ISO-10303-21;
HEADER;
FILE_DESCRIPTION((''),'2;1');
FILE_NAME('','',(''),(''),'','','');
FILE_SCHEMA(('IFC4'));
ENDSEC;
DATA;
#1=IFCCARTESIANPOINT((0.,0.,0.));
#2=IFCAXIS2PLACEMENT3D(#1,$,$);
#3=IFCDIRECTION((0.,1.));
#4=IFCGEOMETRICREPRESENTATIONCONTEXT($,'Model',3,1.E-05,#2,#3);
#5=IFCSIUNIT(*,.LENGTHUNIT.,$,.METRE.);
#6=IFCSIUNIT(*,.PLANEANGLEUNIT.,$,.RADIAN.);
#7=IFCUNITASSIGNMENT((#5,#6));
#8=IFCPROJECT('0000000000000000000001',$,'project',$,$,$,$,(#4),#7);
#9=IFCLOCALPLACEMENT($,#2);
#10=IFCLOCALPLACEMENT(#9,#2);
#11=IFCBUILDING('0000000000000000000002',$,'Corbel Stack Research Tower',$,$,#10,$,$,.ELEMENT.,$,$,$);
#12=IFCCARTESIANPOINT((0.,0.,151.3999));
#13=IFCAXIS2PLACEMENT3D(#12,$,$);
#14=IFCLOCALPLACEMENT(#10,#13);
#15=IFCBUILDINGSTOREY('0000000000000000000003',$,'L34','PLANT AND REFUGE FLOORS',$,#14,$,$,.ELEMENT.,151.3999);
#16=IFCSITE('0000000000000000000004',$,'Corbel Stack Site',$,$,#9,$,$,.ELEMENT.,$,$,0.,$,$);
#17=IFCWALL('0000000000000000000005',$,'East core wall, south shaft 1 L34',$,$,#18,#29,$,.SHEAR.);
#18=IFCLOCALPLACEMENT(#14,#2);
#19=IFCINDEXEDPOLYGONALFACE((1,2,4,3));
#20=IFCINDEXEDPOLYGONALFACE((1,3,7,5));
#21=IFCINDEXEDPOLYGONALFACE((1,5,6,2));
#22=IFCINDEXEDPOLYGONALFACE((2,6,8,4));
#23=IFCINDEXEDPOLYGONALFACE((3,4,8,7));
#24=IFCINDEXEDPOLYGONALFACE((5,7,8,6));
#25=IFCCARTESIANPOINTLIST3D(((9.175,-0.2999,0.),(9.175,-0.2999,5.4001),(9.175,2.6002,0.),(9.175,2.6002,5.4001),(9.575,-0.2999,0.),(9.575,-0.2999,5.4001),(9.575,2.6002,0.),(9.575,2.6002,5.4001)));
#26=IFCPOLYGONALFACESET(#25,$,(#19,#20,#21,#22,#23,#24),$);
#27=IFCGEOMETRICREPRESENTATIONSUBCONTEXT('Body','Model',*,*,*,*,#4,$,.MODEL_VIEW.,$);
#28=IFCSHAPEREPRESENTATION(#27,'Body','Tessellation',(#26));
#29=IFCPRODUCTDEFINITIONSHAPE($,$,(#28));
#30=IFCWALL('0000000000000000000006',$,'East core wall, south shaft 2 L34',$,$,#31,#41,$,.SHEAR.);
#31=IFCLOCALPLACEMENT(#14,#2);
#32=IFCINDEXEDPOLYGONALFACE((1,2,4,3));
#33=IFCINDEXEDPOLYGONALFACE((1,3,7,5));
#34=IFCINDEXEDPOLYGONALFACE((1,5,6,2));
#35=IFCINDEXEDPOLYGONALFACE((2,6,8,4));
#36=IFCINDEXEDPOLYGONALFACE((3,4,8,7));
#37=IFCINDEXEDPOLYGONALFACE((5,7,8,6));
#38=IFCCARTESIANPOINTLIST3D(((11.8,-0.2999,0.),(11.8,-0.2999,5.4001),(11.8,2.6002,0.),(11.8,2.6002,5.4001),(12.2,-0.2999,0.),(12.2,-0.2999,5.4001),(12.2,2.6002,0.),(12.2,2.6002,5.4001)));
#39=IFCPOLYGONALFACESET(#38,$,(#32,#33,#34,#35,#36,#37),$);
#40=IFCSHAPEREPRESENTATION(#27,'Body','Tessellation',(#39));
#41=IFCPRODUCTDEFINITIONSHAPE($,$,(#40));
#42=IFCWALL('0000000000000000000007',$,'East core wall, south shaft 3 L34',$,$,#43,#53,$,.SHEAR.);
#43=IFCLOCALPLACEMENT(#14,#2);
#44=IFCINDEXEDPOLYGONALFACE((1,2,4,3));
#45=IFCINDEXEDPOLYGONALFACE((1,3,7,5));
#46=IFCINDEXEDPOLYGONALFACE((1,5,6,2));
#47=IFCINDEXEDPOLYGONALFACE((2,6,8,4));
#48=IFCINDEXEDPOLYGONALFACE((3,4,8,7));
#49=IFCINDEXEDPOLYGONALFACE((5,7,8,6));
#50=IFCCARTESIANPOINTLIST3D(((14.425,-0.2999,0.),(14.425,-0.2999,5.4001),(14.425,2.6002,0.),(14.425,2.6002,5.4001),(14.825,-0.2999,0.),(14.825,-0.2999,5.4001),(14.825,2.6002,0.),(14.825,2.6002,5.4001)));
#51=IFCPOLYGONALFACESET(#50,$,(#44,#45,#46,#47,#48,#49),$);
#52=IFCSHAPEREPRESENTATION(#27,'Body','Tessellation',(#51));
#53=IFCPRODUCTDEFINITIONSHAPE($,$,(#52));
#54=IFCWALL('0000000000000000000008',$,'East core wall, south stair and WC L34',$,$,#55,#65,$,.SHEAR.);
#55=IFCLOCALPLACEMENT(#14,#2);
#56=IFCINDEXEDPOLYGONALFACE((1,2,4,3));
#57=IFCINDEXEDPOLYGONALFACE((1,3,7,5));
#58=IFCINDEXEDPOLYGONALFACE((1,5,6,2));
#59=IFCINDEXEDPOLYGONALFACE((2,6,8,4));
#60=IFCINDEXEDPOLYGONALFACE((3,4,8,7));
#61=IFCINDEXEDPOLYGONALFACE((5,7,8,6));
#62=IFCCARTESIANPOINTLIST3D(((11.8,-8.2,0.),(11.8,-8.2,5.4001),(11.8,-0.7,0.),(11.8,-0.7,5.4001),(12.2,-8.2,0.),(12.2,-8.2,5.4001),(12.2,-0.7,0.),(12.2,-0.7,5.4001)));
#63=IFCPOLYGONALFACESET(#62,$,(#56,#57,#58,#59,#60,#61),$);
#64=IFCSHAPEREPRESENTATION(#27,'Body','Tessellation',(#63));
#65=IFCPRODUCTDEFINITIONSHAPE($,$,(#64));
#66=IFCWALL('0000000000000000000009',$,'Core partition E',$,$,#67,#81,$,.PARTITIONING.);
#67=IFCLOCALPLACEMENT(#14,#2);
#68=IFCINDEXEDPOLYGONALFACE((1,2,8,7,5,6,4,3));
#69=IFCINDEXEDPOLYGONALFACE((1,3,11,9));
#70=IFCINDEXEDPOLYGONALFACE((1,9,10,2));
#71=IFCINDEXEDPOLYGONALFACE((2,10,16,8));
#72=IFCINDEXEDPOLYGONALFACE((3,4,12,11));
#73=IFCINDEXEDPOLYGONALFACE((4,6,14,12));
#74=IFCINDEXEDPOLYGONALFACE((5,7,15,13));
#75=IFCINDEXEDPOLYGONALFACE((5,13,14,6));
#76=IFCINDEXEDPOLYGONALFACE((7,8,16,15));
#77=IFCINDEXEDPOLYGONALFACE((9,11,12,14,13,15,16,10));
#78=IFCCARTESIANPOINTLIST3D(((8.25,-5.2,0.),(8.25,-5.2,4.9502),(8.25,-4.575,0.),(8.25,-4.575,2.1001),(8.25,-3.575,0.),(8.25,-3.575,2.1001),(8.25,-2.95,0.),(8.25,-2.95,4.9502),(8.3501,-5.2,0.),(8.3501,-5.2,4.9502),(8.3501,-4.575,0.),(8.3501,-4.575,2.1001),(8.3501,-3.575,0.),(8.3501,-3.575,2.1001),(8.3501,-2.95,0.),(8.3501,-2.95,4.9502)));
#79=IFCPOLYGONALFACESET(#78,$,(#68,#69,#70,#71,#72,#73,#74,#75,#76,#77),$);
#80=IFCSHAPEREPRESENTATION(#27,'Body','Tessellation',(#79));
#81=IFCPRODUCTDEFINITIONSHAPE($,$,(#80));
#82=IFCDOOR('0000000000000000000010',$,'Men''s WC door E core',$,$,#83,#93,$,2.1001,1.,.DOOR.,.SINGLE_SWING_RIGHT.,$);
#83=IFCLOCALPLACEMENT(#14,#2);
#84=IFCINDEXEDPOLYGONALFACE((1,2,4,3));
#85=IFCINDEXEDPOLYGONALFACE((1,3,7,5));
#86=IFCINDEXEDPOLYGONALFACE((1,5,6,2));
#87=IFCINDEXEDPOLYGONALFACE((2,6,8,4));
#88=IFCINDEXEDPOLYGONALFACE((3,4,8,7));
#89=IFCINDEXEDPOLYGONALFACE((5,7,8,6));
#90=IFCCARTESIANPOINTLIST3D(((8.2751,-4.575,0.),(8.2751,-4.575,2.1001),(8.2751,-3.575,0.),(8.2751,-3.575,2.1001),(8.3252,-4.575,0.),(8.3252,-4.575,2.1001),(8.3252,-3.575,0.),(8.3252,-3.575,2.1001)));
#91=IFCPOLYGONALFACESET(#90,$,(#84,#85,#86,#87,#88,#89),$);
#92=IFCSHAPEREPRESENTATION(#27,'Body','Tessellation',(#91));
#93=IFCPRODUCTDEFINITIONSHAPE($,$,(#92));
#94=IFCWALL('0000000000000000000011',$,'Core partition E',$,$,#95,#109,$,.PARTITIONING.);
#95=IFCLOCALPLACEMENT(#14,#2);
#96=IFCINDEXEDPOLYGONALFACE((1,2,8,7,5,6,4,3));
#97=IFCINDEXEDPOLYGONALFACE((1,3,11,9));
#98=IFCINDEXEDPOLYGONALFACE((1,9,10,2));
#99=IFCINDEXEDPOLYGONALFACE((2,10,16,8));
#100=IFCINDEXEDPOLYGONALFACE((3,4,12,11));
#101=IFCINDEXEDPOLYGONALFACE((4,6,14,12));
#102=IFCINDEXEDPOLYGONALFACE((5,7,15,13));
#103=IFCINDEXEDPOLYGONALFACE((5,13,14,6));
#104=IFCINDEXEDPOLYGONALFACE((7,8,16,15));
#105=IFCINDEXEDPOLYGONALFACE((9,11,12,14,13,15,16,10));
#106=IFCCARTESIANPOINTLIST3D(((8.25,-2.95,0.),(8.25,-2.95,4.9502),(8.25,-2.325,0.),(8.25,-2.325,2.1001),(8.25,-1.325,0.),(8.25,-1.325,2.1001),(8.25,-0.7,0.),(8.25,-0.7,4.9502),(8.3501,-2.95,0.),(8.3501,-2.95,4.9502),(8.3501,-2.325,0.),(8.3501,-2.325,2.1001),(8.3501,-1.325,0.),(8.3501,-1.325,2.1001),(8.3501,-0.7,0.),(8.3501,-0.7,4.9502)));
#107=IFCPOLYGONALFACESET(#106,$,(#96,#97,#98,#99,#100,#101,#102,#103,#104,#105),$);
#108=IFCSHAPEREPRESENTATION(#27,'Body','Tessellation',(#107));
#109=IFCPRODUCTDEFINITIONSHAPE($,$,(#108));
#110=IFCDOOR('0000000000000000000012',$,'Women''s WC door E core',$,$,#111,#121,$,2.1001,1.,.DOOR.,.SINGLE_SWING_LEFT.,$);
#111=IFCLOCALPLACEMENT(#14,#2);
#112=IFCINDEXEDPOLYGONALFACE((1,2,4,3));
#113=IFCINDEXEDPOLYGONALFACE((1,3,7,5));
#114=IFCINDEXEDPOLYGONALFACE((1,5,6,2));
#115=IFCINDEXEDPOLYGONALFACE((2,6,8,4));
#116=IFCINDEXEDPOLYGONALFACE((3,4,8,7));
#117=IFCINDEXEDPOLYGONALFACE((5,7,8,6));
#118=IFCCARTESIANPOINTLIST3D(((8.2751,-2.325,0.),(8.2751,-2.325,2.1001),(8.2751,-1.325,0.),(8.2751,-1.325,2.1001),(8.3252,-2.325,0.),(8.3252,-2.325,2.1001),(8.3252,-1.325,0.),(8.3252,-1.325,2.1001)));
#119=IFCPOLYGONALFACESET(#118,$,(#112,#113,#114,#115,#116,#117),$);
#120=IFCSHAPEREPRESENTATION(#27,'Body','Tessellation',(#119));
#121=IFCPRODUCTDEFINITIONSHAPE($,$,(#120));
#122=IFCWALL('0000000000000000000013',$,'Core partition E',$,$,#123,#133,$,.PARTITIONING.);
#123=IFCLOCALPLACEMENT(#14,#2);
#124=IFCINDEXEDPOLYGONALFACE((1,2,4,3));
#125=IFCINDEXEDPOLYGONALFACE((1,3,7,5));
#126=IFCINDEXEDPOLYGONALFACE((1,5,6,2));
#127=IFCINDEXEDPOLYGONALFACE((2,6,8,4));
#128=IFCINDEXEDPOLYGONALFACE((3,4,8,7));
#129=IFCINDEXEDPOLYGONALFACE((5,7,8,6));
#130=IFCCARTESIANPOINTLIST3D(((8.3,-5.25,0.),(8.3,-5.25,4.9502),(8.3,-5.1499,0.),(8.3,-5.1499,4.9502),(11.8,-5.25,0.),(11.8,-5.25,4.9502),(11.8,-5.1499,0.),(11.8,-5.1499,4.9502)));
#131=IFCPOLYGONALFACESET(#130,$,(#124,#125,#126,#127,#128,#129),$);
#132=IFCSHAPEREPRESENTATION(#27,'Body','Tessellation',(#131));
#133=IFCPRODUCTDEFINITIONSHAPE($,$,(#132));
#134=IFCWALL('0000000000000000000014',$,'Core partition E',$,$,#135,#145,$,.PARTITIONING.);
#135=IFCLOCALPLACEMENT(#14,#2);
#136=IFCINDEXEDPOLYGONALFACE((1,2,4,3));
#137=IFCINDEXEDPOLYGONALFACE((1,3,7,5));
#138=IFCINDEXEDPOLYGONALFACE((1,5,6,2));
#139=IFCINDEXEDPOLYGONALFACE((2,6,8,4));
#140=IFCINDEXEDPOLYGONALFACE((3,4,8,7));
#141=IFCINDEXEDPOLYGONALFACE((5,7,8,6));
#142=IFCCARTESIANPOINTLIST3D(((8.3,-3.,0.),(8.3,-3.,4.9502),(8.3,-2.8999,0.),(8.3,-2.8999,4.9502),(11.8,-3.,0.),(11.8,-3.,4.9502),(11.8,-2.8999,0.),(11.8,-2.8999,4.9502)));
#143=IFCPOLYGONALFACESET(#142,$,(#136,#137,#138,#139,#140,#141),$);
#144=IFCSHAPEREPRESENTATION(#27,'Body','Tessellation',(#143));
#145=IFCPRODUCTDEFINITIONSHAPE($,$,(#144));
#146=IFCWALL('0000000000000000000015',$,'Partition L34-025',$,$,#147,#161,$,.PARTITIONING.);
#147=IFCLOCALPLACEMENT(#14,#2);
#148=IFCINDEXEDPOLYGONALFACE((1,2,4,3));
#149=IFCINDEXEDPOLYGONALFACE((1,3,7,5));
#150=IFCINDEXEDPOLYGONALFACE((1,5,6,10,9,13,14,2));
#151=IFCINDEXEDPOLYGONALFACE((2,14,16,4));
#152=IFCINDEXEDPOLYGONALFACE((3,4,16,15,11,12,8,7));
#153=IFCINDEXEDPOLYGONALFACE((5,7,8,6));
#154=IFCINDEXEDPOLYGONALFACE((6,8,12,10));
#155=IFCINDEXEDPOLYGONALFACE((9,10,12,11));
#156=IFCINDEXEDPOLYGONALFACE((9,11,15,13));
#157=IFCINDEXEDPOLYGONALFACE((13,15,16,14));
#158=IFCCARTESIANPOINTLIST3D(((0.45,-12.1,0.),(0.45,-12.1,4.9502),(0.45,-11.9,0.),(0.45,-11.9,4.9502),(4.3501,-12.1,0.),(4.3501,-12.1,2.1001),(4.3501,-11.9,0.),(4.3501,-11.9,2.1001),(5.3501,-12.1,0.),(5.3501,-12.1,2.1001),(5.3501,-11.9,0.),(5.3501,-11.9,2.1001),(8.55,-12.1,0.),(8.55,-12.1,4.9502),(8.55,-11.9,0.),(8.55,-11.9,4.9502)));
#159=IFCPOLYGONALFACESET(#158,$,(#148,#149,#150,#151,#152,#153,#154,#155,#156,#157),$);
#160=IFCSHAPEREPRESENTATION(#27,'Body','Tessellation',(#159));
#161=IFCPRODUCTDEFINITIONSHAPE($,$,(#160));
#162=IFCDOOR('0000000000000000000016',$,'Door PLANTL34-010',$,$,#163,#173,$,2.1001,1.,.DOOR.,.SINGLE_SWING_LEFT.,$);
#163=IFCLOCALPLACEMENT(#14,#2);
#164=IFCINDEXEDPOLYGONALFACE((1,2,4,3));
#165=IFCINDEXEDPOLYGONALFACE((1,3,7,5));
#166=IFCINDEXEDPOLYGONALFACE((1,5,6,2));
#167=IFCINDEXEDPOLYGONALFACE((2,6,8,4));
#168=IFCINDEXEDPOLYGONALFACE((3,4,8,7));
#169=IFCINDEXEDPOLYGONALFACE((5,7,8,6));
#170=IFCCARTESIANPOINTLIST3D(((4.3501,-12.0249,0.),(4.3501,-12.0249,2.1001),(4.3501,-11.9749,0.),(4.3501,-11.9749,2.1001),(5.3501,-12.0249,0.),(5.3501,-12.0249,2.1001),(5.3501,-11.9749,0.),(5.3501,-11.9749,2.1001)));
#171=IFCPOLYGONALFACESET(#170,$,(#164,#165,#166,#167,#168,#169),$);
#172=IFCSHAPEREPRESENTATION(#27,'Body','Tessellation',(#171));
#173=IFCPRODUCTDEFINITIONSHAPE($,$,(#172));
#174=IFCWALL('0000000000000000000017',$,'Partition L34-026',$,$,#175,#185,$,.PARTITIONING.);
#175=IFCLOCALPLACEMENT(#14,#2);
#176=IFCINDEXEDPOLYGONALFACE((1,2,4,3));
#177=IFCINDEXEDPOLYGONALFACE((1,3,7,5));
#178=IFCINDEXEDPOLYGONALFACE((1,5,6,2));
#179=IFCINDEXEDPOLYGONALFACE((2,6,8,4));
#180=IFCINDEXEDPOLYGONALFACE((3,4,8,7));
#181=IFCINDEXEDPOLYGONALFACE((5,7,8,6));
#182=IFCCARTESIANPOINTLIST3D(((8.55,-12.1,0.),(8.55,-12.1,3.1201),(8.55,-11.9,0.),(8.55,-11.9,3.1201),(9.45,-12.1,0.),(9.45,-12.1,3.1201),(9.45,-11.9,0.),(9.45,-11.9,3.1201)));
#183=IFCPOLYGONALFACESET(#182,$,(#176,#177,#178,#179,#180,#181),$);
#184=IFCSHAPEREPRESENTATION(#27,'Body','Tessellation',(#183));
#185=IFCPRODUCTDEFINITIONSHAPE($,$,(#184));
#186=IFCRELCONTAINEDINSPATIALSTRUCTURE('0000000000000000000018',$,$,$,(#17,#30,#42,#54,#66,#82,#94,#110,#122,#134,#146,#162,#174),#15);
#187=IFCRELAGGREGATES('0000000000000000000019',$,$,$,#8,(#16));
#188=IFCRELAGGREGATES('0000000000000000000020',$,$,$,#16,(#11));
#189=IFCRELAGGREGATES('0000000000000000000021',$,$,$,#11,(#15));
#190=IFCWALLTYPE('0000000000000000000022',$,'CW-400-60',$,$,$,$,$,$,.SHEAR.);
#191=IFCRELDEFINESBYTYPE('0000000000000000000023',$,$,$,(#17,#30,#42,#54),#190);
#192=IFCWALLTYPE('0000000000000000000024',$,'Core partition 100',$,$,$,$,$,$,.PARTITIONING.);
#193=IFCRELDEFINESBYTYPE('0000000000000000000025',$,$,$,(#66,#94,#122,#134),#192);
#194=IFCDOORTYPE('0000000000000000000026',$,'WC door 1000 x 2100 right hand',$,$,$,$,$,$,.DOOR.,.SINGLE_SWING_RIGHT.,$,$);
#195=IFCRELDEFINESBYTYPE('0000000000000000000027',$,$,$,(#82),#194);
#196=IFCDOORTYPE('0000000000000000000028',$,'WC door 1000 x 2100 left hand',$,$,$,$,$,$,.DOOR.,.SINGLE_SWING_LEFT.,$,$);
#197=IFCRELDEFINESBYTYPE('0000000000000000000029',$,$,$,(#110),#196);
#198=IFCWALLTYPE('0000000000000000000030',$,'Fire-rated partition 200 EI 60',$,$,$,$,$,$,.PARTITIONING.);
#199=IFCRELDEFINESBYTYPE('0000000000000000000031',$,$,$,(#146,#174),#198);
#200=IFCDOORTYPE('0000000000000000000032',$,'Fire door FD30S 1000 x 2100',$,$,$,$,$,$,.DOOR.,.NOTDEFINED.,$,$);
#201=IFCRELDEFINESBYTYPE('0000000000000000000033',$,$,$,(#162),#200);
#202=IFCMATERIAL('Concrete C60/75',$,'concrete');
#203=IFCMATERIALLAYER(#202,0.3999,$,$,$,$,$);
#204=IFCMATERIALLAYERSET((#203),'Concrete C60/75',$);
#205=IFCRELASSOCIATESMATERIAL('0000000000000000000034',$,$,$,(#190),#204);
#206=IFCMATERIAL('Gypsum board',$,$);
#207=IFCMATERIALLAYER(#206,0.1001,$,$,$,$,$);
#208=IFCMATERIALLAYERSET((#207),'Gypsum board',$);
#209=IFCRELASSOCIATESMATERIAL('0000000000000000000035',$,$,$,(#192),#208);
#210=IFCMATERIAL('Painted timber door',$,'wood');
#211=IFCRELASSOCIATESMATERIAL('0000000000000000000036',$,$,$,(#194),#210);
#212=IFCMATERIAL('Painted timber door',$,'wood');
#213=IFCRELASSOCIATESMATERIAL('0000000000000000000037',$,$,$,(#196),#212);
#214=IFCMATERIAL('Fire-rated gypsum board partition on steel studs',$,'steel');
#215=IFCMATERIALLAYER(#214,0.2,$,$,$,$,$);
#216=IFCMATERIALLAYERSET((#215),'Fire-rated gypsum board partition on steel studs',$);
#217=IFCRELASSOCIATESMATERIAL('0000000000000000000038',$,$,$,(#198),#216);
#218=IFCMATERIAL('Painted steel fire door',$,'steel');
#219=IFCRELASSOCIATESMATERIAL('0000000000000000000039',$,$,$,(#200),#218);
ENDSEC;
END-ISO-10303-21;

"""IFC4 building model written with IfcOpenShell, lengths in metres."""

from ifc_helpers import new_model, si_unit, direction, frame, frame_2d, origin, place, context, subcontext, project, spatial, rectangle, extrude, material, layer, layer_set, type_object, element, fill, save


model = new_model("IFC4")

# Units and contexts
model_context = context("Model", 3, precision=1e-05, world=origin(), true_north=direction((0.0, 1.0)))
body_context = subcontext(model_context, "Body", "Model", "MODEL_VIEW")
ifc_project = project(units=[si_unit("LENGTHUNIT", "METRE"), si_unit("PLANEANGLEUNIT", "RADIAN")], contexts=[model_context])

# Site, building, storey
site_placement = place(None, origin())
site = spatial("IfcSite", under=ifc_project, at=site_placement, Name="Corbel Stack Site", CompositionType="ELEMENT", RefElevation=0.0)
building_placement = place(site_placement, origin())
building = spatial("IfcBuilding", under=site, at=building_placement, Name="Corbel Stack Research Tower", CompositionType="ELEMENT")
storey_placement = place(building_placement, frame((0.0, 0.0, 151.3999)))
storey = spatial("IfcBuildingStorey", under=building, at=storey_placement, Name="L34", Description="PLANT AND REFUGE FLOORS", CompositionType="ELEMENT", Elevation=151.3999)

# Walls
ifc_material_1 = material(Name="Concrete C60/75", Category="concrete")
ifc_layer_1 = layer(ifc_material_1, 0.3999)
ifc_layer_set_1 = layer_set([ifc_layer_1], Name="Concrete C60/75")
wall_type_1 = type_object("IfcWallType", Name="CW-400-60", PredefinedType="SHEAR", material=ifc_layer_set_1)
for number, where, z_axis, x_axis, name in (
    (1, (9.375, -0.3, 0.0), (0.0, 0.0, 1.0), (0.0, 1.0, 0.0), "East core wall, south shaft 1 L34"),
    (2, (12.0, -0.3, 0.0), (0.0, 0.0, 1.0), (0.0, 1.0, 0.0), "East core wall, south shaft 2 L34"),
    (3, (14.625, -0.3, 0.0), (0.0, 0.0, 1.0), (0.0, 1.0, 0.0), "East core wall, south shaft 3 L34"),
):
    element("IfcWall", number, at=place(storey_placement, frame(where, z_axis=z_axis, x_axis=x_axis)), inside=storey, type_object=wall_type_1, Name=name, PredefinedType="SHEAR", context=body_context, shape_type="SweptSolid", body=[
        extrude(rectangle(XDim=2.9001, YDim=0.3999, at=frame_2d((1.4502, 0.0))), origin(), (0.0, 0.0, 1.0), 5.4001),
    ])
wall_1_placement = place(storey_placement, frame((12.0, -8.2, 0.0), z_axis=(0.0, 0.0, 1.0), x_axis=(0.0, 1.0, 0.0)))
element("IfcWall", 4, at=wall_1_placement, inside=storey, type_object=wall_type_1, Name="East core wall, south stair and WC L34", PredefinedType="SHEAR", context=body_context, shape_type="SweptSolid", body=[
    extrude(rectangle(XDim=7.5, YDim=0.3999, at=frame_2d((3.75, 0.0))), origin(), (0.0, 0.0, 1.0), 5.4001),
])

# Walls, openings, doors
ifc_material_2 = material(Name="Gypsum board")
ifc_layer_2 = layer(ifc_material_2, 0.1001)
ifc_layer_set_2 = layer_set([ifc_layer_2], Name="Gypsum board")
wall_type_2 = type_object("IfcWallType", Name="Core partition 100", PredefinedType="PARTITIONING", material=ifc_layer_set_2)
wall_2_placement = place(storey_placement, frame((8.3, -5.2, 0.0), z_axis=(0.0, 0.0, 1.0), x_axis=(0.0, 1.0, 0.0)))
wall_2 = element("IfcWall", 5, at=wall_2_placement, inside=storey, type_object=wall_type_2, Name="Core partition E", PredefinedType="PARTITIONING", context=body_context, shape_type="SweptSolid", body=[
    extrude(rectangle(XDim=2.25, YDim=0.1001, at=frame_2d((1.125, 0.0))), origin(), (0.0, 0.0, 1.0), 4.9502),
])
opening_1_placement = place(wall_2_placement, frame((0.625, 0.0, 0.0)))
opening_1 = element("IfcOpeningElement", 6, at=opening_1_placement, cuts=wall_2, PredefinedType="OPENING", context=body_context, shape_type="SweptSolid", body=[
    extrude(rectangle(XDim=1.0, YDim=2.1001, at=frame_2d((0.5, 1.05))), frame((0.0, 0.0601, 0.0), z_axis=(0.0, -1.0, 0.0), x_axis=(1.0, 0.0, 0.0)), (0.0, 0.0, 1.0), 0.1201),
])
ifc_material_3 = material(Name="Painted timber door", Category="wood")
door_type_1 = type_object("IfcDoorType", Name="WC door 1000 x 2100 right hand", OperationType="SINGLE_SWING_RIGHT", PredefinedType="DOOR", material=ifc_material_3)
door_1_placement = place(opening_1_placement, origin())
door_1 = element("IfcDoor", 7, at=door_1_placement, inside=storey, type_object=door_type_1, Name="Men's WC door E core", OperationType="SINGLE_SWING_RIGHT", OverallHeight=2.1001, OverallWidth=1.0, PredefinedType="DOOR", context=body_context, shape_type="SweptSolid", body=[
    extrude(rectangle(XDim=1.0, YDim=2.1001, at=frame_2d((0.5, 1.05))), frame((0.0, 0.0249, 0.0), z_axis=(0.0, -1.0, 0.0), x_axis=(1.0, 0.0, 0.0)), (0.0, 0.0, 1.0), 0.05),
])
fill(opening_1, door_1)
wall_3_placement = place(storey_placement, frame((8.3, -2.95, 0.0), z_axis=(0.0, 0.0, 1.0), x_axis=(0.0, 1.0, 0.0)))
wall_3 = element("IfcWall", 8, at=wall_3_placement, inside=storey, type_object=wall_type_2, Name="Core partition E", PredefinedType="PARTITIONING", context=body_context, shape_type="SweptSolid", body=[
    extrude(rectangle(XDim=2.25, YDim=0.1001, at=frame_2d((1.125, 0.0))), origin(), (0.0, 0.0, 1.0), 4.9502),
])
opening_2_placement = place(wall_3_placement, frame((0.625, 0.0, 0.0)))
opening_2 = element("IfcOpeningElement", 9, at=opening_2_placement, cuts=wall_3, PredefinedType="OPENING", context=body_context, shape_type="SweptSolid", body=[
    extrude(rectangle(XDim=1.0, YDim=2.1001, at=frame_2d((0.5, 1.05))), frame((0.0, 0.0601, 0.0), z_axis=(0.0, -1.0, 0.0), x_axis=(1.0, 0.0, 0.0)), (0.0, 0.0, 1.0), 0.1201),
])
ifc_material_4 = material(Name="Painted timber door", Category="wood")
door_type_2 = type_object("IfcDoorType", Name="WC door 1000 x 2100 left hand", OperationType="SINGLE_SWING_LEFT", PredefinedType="DOOR", material=ifc_material_4)
door_2_placement = place(opening_2_placement, origin())
door_2 = element("IfcDoor", 10, at=door_2_placement, inside=storey, type_object=door_type_2, Name="Women's WC door E core", OperationType="SINGLE_SWING_LEFT", OverallHeight=2.1001, OverallWidth=1.0, PredefinedType="DOOR", context=body_context, shape_type="SweptSolid", body=[
    extrude(rectangle(XDim=1.0, YDim=2.1001, at=frame_2d((0.5, 1.05))), frame((0.0, 0.0249, 0.0), z_axis=(0.0, -1.0, 0.0), x_axis=(1.0, 0.0, 0.0)), (0.0, 0.0, 1.0), 0.05),
])
fill(opening_2, door_2)

# Walls
for number, where, z_axis, x_axis, name in (
    (11, (8.3, -5.2, 0.0), (0.0, 0.0, 1.0), (1.0, 0.0, 0.0), "Core partition E"),
    (12, (8.3, -2.95, 0.0), (0.0, 0.0, 1.0), (1.0, 0.0, 0.0), "Core partition E"),
):
    element("IfcWall", number, at=place(storey_placement, frame(where, z_axis=z_axis, x_axis=x_axis)), inside=storey, type_object=wall_type_2, Name=name, PredefinedType="PARTITIONING", context=body_context, shape_type="SweptSolid", body=[
        extrude(rectangle(XDim=3.5, YDim=0.1001, at=frame_2d((1.75, 0.0))), origin(), (0.0, 0.0, 1.0), 4.9502),
    ])

# Wall, opening, door
ifc_material_5 = material(Name="Fire-rated gypsum board partition on steel studs", Category="steel")
ifc_layer_3 = layer(ifc_material_5, 0.2)
ifc_layer_set_3 = layer_set([ifc_layer_3], Name="Fire-rated gypsum board partition on steel studs")
wall_type_3 = type_object("IfcWallType", Name="Fire-rated partition 200 EI 60", PredefinedType="PARTITIONING", material=ifc_layer_set_3)
wall_4_placement = place(storey_placement, frame((8.55, -12.0, 0.0), z_axis=(0.0, 0.0, 1.0), x_axis=(-1.0, 0.0, 0.0)))
wall_4 = element("IfcWall", 13, at=wall_4_placement, inside=storey, type_object=wall_type_3, Name="Partition L34-025", PredefinedType="PARTITIONING", context=body_context, shape_type="SweptSolid", body=[
    extrude(rectangle(XDim=8.1001, YDim=0.2, at=frame_2d((4.05, 0.0))), origin(), (0.0, 0.0, 1.0), 4.9502),
])
opening_3_placement = place(wall_4_placement, frame((3.2, 0.0, 0.0)))
opening_3 = element("IfcOpeningElement", 14, at=opening_3_placement, cuts=wall_4, PredefinedType="OPENING", context=body_context, shape_type="SweptSolid", body=[
    extrude(rectangle(XDim=1.0, YDim=2.1001, at=frame_2d((0.5, 1.05))), frame((0.0, 0.1099, 0.0), z_axis=(0.0, -1.0, 0.0), x_axis=(1.0, 0.0, 0.0)), (0.0, 0.0, 1.0), 0.22),
])
ifc_material_6 = material(Name="Painted steel fire door", Category="steel")
door_type_3 = type_object("IfcDoorType", Name="Fire door FD30S 1000 x 2100", OperationType="NOTDEFINED", PredefinedType="DOOR", material=ifc_material_6)
door_3_placement = place(opening_3_placement, origin())
door_3 = element("IfcDoor", 15, at=door_3_placement, inside=storey, type_object=door_type_3, Name="Door PLANTL34-010", OperationType="SINGLE_SWING_LEFT", OverallHeight=2.1001, OverallWidth=1.0, PredefinedType="DOOR", context=body_context, shape_type="SweptSolid", body=[
    extrude(rectangle(XDim=1.0, YDim=2.1001, at=frame_2d((0.5, 1.05))), frame((0.0, 0.0249, 0.0), z_axis=(0.0, -1.0, 0.0), x_axis=(1.0, 0.0, 0.0)), (0.0, 0.0, 1.0), 0.05),
])
fill(opening_3, door_3)

# Wall
wall_5_placement = place(storey_placement, frame((8.55, -12.0, 0.0), z_axis=(0.0, 0.0, 1.0), x_axis=(1.0, 0.0, 0.0)))
element("IfcWall", 16, at=wall_5_placement, inside=storey, type_object=wall_type_3, Name="Partition L34-026", PredefinedType="PARTITIONING", context=body_context, shape_type="SweptSolid", body=[
    extrude(rectangle(XDim=0.8999, YDim=0.2, at=frame_2d((0.45, 0.0))), origin(), (0.0, 0.0, 1.0), 3.1201),
])

save(model, "model.ifc")
